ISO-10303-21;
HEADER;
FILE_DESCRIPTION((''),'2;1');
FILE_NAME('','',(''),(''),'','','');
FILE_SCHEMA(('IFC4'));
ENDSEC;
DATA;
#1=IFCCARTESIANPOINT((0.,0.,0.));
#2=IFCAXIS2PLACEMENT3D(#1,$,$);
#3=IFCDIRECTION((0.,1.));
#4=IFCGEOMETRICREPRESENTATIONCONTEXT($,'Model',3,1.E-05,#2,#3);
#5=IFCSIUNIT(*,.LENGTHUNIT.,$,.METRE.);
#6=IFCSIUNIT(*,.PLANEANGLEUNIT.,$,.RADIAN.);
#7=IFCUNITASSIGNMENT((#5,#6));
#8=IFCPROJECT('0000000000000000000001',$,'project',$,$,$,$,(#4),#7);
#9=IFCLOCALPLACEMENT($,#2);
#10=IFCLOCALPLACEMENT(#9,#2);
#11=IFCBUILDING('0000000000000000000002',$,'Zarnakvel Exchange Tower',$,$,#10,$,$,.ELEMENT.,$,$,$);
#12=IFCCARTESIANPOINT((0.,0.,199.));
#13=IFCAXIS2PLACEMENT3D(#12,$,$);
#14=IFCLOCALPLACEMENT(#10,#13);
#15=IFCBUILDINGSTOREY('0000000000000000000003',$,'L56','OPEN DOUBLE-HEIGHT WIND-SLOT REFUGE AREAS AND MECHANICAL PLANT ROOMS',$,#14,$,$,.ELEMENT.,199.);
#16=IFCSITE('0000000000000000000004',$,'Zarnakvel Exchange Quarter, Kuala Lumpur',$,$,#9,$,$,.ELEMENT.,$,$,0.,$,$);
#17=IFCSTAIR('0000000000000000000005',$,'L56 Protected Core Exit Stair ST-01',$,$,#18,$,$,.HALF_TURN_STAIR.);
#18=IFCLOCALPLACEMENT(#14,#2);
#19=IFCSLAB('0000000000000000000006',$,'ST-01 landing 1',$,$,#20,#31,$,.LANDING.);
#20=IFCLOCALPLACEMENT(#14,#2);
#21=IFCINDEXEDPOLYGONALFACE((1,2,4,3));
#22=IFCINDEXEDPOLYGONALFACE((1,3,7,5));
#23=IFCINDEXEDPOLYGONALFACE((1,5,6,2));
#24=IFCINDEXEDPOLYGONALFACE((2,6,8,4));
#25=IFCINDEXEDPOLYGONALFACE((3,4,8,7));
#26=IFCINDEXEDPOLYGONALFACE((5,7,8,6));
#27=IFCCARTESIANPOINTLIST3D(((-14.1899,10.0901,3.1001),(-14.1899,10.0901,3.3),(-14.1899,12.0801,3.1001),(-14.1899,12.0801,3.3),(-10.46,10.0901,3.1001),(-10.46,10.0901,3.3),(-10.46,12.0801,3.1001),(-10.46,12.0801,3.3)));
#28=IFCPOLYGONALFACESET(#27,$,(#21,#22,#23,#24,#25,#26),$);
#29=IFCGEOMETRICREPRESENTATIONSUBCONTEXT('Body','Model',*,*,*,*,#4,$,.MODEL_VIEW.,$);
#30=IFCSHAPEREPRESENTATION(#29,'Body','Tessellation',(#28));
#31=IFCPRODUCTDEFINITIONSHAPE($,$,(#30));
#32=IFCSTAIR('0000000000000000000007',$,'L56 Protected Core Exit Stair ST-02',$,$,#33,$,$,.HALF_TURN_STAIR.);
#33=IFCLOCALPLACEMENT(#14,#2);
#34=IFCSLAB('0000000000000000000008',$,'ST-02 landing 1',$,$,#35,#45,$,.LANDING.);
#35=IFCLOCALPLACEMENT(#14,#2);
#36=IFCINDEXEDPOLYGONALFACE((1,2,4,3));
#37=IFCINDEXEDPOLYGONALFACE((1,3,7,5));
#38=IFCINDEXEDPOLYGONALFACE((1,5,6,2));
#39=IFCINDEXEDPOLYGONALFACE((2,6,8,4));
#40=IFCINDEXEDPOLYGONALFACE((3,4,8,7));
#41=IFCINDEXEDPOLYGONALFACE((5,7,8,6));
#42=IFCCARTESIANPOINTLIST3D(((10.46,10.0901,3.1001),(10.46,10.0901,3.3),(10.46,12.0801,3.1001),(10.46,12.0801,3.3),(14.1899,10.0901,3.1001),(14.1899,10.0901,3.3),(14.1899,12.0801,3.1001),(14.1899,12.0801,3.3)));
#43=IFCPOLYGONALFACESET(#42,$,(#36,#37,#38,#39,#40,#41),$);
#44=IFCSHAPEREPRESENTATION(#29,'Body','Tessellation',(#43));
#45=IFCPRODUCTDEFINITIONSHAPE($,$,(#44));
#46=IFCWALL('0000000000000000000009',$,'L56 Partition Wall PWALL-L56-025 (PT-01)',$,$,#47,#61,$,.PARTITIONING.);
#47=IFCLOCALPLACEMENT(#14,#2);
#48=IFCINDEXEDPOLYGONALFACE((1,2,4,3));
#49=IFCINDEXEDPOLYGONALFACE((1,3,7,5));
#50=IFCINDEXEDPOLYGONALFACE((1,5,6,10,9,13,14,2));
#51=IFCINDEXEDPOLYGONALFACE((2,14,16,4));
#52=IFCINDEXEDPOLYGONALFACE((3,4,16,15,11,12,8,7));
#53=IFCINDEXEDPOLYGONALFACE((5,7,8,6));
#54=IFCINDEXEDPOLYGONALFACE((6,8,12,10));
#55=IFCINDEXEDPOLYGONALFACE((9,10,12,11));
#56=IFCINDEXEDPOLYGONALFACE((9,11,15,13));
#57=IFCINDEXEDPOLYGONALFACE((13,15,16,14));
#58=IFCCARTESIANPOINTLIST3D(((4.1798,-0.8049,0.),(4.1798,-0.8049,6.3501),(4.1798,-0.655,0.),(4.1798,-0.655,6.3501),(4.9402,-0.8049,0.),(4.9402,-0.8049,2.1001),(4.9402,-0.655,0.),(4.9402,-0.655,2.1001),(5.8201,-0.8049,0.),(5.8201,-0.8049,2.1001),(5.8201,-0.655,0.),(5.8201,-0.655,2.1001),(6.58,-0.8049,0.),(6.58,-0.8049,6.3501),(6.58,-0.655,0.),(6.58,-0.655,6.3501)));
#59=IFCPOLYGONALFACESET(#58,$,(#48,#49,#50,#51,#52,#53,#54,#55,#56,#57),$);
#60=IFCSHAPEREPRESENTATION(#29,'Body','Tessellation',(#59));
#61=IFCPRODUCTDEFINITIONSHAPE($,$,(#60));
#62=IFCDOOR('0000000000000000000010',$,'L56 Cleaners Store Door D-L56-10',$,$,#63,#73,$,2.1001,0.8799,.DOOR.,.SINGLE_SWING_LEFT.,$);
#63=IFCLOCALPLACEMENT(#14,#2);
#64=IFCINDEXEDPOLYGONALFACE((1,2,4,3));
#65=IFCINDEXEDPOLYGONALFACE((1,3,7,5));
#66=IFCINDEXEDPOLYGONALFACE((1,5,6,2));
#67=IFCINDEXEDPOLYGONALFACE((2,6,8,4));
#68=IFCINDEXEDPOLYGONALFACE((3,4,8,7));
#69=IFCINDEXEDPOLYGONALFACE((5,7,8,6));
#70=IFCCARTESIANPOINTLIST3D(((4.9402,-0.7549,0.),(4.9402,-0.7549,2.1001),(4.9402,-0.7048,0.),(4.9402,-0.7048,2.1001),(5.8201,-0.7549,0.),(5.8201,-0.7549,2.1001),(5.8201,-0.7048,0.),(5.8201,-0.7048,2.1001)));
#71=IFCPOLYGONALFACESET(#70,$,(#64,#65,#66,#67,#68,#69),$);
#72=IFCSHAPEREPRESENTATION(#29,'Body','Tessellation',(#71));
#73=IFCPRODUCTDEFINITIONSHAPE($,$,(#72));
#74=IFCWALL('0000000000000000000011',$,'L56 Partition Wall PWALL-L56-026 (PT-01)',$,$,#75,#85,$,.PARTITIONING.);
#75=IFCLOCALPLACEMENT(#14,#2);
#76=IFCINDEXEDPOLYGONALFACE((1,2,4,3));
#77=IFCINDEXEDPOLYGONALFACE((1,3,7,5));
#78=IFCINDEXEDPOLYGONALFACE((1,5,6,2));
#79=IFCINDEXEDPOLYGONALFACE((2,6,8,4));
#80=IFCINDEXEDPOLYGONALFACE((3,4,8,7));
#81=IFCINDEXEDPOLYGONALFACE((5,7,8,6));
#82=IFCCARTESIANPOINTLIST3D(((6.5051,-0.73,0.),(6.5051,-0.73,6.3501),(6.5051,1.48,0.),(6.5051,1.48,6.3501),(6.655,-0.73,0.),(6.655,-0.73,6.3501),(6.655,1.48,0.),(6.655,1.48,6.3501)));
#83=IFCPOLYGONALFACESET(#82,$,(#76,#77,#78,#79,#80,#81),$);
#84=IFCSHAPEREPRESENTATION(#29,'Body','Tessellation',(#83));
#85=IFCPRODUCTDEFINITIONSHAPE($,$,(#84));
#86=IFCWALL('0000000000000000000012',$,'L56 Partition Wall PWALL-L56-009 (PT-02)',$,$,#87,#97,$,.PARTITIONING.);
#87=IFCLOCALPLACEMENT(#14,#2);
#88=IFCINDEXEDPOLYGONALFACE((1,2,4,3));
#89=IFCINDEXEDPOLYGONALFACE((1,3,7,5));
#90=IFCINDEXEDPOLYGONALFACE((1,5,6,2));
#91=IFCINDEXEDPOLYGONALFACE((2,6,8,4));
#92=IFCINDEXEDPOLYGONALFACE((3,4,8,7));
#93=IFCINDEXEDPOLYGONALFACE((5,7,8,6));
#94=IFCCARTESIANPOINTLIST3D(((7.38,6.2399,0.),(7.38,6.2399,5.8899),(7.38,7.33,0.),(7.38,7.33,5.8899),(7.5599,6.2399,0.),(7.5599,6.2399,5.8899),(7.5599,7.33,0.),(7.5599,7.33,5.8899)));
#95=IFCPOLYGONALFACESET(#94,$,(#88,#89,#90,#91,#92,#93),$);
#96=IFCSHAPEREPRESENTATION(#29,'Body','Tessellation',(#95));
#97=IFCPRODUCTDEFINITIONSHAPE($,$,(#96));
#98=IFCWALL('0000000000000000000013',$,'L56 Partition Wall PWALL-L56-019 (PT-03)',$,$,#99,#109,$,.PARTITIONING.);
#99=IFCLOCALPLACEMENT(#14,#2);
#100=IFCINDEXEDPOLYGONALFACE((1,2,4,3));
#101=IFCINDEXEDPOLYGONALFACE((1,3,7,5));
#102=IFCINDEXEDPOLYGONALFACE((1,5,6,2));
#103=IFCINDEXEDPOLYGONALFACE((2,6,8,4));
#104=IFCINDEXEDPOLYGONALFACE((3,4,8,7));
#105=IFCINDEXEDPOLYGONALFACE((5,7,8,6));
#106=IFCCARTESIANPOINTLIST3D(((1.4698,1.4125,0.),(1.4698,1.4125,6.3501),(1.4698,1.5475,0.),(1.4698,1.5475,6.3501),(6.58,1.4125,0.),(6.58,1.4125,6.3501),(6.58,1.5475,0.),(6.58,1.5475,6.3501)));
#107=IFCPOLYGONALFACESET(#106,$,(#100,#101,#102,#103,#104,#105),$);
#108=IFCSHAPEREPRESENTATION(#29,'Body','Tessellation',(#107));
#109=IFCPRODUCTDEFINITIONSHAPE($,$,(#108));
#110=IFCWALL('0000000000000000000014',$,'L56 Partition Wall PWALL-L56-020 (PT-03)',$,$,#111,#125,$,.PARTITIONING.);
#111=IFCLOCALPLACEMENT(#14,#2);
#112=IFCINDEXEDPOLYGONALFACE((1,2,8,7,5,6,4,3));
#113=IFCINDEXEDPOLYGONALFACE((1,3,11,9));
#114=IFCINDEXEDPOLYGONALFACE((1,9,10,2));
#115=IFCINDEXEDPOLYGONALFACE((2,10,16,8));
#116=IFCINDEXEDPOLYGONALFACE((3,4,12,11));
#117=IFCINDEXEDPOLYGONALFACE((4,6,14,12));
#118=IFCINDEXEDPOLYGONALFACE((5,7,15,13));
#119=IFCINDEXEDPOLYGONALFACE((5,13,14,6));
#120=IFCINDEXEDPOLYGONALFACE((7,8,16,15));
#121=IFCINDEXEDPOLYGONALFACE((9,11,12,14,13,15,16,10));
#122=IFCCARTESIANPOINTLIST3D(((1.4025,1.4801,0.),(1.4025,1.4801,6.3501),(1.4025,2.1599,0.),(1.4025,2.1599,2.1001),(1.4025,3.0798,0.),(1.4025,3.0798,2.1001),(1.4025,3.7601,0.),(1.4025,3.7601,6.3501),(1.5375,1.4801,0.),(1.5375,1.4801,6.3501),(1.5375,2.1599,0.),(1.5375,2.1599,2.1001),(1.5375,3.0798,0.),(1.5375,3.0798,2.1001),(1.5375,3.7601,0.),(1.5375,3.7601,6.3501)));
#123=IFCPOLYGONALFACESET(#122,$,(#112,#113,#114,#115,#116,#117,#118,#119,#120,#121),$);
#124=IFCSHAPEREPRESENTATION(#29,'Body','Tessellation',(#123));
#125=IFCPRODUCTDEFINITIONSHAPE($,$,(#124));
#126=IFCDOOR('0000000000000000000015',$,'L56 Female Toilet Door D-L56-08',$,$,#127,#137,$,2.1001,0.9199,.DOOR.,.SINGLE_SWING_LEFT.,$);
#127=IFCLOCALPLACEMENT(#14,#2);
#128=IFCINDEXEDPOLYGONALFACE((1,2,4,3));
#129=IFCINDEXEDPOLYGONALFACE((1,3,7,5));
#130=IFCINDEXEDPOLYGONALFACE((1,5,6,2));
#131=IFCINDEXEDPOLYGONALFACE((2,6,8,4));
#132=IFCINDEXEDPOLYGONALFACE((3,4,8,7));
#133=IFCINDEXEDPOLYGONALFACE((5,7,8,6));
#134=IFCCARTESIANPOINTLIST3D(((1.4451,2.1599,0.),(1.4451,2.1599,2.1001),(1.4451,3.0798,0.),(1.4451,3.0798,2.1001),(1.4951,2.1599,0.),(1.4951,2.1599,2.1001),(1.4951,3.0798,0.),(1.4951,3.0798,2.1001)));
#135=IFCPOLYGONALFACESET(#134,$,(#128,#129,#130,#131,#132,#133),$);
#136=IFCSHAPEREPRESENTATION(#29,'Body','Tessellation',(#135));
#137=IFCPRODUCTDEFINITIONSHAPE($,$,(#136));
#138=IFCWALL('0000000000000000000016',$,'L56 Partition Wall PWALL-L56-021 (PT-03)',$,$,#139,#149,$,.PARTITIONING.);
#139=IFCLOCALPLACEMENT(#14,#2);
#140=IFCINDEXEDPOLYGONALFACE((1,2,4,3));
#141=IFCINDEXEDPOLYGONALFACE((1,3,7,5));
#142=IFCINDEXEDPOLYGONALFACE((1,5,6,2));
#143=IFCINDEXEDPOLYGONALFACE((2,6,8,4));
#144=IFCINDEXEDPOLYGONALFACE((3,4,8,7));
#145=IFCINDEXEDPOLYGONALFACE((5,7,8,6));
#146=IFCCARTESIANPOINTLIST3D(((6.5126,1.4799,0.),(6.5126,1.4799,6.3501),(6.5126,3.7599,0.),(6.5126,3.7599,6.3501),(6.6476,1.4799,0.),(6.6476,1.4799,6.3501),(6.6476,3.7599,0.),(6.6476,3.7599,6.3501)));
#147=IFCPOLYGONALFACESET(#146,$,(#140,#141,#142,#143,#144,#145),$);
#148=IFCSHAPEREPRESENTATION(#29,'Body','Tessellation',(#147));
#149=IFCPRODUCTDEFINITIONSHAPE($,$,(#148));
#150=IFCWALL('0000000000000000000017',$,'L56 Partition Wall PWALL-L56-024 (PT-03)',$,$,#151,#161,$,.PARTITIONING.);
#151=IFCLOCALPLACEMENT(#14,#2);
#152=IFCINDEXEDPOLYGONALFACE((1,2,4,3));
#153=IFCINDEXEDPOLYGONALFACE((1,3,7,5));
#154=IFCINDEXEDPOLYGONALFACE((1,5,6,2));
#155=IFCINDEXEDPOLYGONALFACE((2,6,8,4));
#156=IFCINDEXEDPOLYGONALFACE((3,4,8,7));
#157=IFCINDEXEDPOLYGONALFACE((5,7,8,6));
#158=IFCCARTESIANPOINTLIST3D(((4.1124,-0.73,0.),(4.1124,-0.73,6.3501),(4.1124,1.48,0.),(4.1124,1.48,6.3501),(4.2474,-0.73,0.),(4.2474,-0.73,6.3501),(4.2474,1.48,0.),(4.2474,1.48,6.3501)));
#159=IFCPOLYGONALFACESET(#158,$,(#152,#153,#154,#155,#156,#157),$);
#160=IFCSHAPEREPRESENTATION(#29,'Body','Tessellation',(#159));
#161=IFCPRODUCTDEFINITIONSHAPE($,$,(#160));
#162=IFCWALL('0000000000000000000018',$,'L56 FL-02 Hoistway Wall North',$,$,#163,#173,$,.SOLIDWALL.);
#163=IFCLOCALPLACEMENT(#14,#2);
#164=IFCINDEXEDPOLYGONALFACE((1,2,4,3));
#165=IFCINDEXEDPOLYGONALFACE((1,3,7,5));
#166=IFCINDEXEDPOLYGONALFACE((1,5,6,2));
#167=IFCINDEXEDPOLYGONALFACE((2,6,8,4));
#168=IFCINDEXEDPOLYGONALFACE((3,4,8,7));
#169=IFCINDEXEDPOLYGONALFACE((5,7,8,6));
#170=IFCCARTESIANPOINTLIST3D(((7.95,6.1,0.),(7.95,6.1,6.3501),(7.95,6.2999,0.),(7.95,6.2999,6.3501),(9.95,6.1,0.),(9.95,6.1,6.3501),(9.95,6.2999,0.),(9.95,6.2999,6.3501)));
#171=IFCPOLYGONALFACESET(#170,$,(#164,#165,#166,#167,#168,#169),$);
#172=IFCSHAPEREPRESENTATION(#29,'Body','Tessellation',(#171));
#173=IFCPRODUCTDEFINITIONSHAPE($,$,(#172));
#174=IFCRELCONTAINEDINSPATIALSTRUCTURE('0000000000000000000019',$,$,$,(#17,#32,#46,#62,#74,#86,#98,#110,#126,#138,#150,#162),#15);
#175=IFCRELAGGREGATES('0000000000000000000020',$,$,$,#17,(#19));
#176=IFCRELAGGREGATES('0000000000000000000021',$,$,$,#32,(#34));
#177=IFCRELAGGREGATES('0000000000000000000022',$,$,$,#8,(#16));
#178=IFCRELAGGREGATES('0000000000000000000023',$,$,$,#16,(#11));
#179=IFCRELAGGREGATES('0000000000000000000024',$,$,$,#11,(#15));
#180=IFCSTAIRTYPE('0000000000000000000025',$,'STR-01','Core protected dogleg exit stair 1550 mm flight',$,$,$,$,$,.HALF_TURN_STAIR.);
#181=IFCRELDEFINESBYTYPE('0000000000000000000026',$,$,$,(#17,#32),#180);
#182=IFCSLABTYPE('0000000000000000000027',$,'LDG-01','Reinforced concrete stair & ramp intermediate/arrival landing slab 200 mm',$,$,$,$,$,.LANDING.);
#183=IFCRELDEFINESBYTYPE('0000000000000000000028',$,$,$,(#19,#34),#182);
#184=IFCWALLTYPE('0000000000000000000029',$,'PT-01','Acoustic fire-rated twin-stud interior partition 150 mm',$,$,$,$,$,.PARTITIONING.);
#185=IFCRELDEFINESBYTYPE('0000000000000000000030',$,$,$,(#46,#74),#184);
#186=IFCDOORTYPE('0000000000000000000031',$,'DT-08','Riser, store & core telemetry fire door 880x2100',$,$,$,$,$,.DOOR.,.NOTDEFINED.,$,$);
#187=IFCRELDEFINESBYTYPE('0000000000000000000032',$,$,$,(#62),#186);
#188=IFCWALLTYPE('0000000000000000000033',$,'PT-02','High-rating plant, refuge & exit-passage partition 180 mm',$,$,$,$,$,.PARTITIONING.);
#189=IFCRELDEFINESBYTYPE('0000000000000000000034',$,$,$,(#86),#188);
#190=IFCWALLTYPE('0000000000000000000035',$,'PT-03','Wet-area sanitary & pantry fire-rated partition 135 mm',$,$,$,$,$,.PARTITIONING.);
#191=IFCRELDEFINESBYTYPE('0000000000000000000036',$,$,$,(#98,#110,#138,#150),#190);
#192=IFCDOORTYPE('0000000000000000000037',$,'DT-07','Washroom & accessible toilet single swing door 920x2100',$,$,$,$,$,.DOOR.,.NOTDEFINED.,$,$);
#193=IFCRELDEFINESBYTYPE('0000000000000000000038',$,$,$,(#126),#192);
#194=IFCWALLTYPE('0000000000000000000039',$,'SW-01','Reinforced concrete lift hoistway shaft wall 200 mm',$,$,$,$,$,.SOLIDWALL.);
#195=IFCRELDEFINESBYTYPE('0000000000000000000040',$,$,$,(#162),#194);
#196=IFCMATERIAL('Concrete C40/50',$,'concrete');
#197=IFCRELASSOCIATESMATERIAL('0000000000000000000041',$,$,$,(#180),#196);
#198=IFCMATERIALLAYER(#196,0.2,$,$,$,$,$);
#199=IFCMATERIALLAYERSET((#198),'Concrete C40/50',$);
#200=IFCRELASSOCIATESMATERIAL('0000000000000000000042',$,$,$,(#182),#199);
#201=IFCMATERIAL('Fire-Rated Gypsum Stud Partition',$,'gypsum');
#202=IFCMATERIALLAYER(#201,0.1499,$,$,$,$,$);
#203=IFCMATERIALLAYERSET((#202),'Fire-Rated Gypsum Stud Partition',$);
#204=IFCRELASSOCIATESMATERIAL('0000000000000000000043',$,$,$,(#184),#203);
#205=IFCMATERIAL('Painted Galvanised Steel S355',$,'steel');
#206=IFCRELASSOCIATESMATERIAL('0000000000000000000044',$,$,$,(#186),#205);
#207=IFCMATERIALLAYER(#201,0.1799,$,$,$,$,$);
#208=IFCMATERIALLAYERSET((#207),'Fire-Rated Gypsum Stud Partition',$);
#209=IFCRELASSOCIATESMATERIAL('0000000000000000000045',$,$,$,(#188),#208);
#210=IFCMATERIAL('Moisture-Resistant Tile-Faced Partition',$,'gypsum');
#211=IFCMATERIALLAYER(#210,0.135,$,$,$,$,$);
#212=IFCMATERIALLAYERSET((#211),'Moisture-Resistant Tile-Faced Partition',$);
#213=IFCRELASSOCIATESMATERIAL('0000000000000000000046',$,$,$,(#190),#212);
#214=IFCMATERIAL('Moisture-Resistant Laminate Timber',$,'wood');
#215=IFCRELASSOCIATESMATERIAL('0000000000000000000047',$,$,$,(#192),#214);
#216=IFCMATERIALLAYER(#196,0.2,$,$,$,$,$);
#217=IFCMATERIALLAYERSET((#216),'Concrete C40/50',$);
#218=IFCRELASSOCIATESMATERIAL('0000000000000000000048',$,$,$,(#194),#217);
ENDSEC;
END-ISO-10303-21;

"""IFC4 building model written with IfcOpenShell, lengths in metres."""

from ifc_helpers import new_model, si_unit, direction, frame, frame_2d, origin, place, context, subcontext, project, spatial, polyline, rectangle, outline, extrude, source, transform, mapped, material, layer, layer_set, type_object, element, fill, aggregate, save


model = new_model("IFC4")

# Units and contexts
model_context = context("Model", 3, precision=1e-05, world=origin(), true_north=direction((0.0, 1.0)))
body_context = subcontext(model_context, "Body", "Model", "MODEL_VIEW")
ifc_project = project(units=[si_unit("LENGTHUNIT", "METRE"), si_unit("PLANEANGLEUNIT", "RADIAN")], contexts=[model_context])

# Site, building, storey
site_placement = place(None, origin())
site = spatial("IfcSite", under=ifc_project, at=site_placement, Name="Zarnakvel Exchange Quarter, Kuala Lumpur", CompositionType="ELEMENT", RefElevation=0.0)
building_placement = place(site_placement, origin())
building = spatial("IfcBuilding", under=site, at=building_placement, Name="Zarnakvel Exchange Tower", CompositionType="ELEMENT")
storey_placement = place(building_placement, frame((0.0, 0.0, 199.0)))
storey = spatial("IfcBuildingStorey", under=building, at=storey_placement, Name="L56", Description="OPEN DOUBLE-HEIGHT WIND-SLOT REFUGE AREAS AND MECHANICAL PLANT ROOMS", CompositionType="ELEMENT", Elevation=199.0)

# Stairs, slabs
ifc_material_1 = material(Name="Concrete C40/50", Category="concrete")
stair_type = type_object("IfcStairType", Name="STR-01", Description="Core protected dogleg exit stair 1550 mm flight", PredefinedType="HALF_TURN_STAIR", material=ifc_material_1)
stair_1_placement = place(storey_placement, origin())
stair_1 = element("IfcStair", 1, at=stair_1_placement, inside=storey, type_object=stair_type, Name="L56 Protected Core Exit Stair ST-01", PredefinedType="HALF_TURN_STAIR")
ifc_layer_1 = layer(ifc_material_1, 0.2)
ifc_layer_set_1 = layer_set([ifc_layer_1], Name="Concrete C40/50")
slab_type = type_object("IfcSlabType", Name="LDG-01", Description="Reinforced concrete stair & ramp intermediate/arrival landing slab 200 mm", PredefinedType="LANDING", material=ifc_layer_set_1)
slab_1_placement = place(storey_placement, frame((0.0, 0.0, 3.1001)))
slab_1 = element("IfcSlab", 2, at=slab_1_placement, type_object=slab_type, Name="ST-01 landing 1", PredefinedType="LANDING", context=body_context, shape_type="SweptSolid", body=[
    extrude(outline(polyline([(-14.1899, 10.0901), (-10.46, 10.0901), (-10.46, 12.0801), (-14.1899, 12.0801), (-14.1899, 10.0901)])), origin(), (0.0, 0.0, 1.0), 0.2),
])
aggregate(stair_1, [slab_1])
stair_2_placement = place(storey_placement, origin())
stair_2 = element("IfcStair", 3, at=stair_2_placement, inside=storey, type_object=stair_type, Name="L56 Protected Core Exit Stair ST-02", PredefinedType="HALF_TURN_STAIR")
slab_2_placement = place(storey_placement, frame((0.0, 0.0, 3.1001)))
slab_2 = element("IfcSlab", 4, at=slab_2_placement, type_object=slab_type, Name="ST-02 landing 1", PredefinedType="LANDING", context=body_context, shape_type="SweptSolid", body=[
    extrude(outline(polyline([(10.46, 10.0901), (14.1899, 10.0901), (14.1899, 12.0801), (10.46, 12.0801), (10.46, 10.0901)])), origin(), (0.0, 0.0, 1.0), 0.2),
])
aggregate(stair_2, [slab_2])

# Wall, opening, door
ifc_material_2 = material(Name="Fire-Rated Gypsum Stud Partition", Category="gypsum")
ifc_layer_2 = layer(ifc_material_2, 0.1499)
ifc_layer_set_2 = layer_set([ifc_layer_2], Name="Fire-Rated Gypsum Stud Partition")
wall_type_1 = type_object("IfcWallType", Name="PT-01", Description="Acoustic fire-rated twin-stud interior partition 150 mm", PredefinedType="PARTITIONING", material=ifc_layer_set_2)
wall_1_placement = place(storey_placement, frame((6.5801, -0.73, 0.0), z_axis=(0.0, 0.0, 1.0), x_axis=(-1.0, 0.0, 0.0)))
wall_1 = element("IfcWall", 5, at=wall_1_placement, inside=storey, type_object=wall_type_1, Name="L56 Partition Wall PWALL-L56-025 (PT-01)", PredefinedType="PARTITIONING", context=body_context, shape_type="SweptSolid", body=[
    extrude(rectangle(XDim=2.4001, YDim=0.1499, at=frame_2d((1.2002, 0.0))), origin(), (0.0, 0.0, 1.0), 6.3501),
])
opening_1_placement = place(wall_1_placement, frame((0.76, 0.0, 0.0)))
opening_1 = element("IfcOpeningElement", 6, at=opening_1_placement, cuts=wall_1, PredefinedType="OPENING", context=body_context, shape_type="SweptSolid", body=[
    extrude(rectangle(XDim=0.8799, YDim=2.1001, at=frame_2d((0.4399, 1.05))), frame((0.0, 0.085, 0.0), z_axis=(0.0, -1.0, 0.0), x_axis=(1.0, 0.0, 0.0)), (0.0, 0.0, 1.0), 0.1699),
])
ifc_material_3 = material(Name="Painted Galvanised Steel S355", Category="steel")
door_type_1 = type_object("IfcDoorType", Name="DT-08", Description="Riser, store & core telemetry fire door 880x2100", OperationType="NOTDEFINED", PredefinedType="DOOR", material=ifc_material_3)
shared_shape_1 = source(origin(), body_context, "Body", "SweptSolid", [
    extrude(rectangle(XDim=0.8799, YDim=2.1001, at=frame_2d((0.4399, 1.05))), frame((0.0, 0.0249, 0.0), z_axis=(0.0, -1.0, 0.0), x_axis=(1.0, 0.0, 0.0)), (0.0, 0.0, 1.0), 0.05),
])
door_1_placement = place(opening_1_placement, origin())
door_1 = element("IfcDoor", 7, at=door_1_placement, inside=storey, type_object=door_type_1, Name="L56 Cleaners Store Door D-L56-10", OperationType="SINGLE_SWING_LEFT", OverallHeight=2.1001, OverallWidth=0.8799, PredefinedType="DOOR", context=body_context, shape_type="MappedRepresentation", body=[
    mapped(shared_shape_1, transform((0.0, 0.0, 0.0), x_axis=(1.0, 0.0, 0.0), y_axis=(0.0, 1.0, 0.0), z_axis=(0.0, 0.0, 1.0), scale=1.0)),
])
fill(opening_1, door_1)

# Walls
wall_2_placement = place(storey_placement, frame((6.5801, 1.48, 0.0), z_axis=(0.0, 0.0, 1.0), x_axis=(0.0, -1.0, 0.0)))
element("IfcWall", 8, at=wall_2_placement, inside=storey, type_object=wall_type_1, Name="L56 Partition Wall PWALL-L56-026 (PT-01)", PredefinedType="PARTITIONING", context=body_context, shape_type="SweptSolid", body=[
    extrude(rectangle(XDim=2.21, YDim=0.1499, at=frame_2d((1.105, 0.0))), origin(), (0.0, 0.0, 1.0), 6.3501),
])
ifc_layer_3 = layer(ifc_material_2, 0.1799)
ifc_layer_set_3 = layer_set([ifc_layer_3], Name="Fire-Rated Gypsum Stud Partition")
wall_type_2 = type_object("IfcWallType", Name="PT-02", Description="High-rating plant, refuge & exit-passage partition 180 mm", PredefinedType="PARTITIONING", material=ifc_layer_set_3)
wall_3_placement = place(storey_placement, frame((7.47, 6.24, 0.0), z_axis=(0.0, 0.0, 1.0), x_axis=(0.0, 1.0, 0.0)))
element("IfcWall", 9, at=wall_3_placement, inside=storey, type_object=wall_type_2, Name="L56 Partition Wall PWALL-L56-009 (PT-02)", PredefinedType="PARTITIONING", context=body_context, shape_type="SweptSolid", body=[
    extrude(rectangle(XDim=1.0901, YDim=0.1799, at=frame_2d((0.5449, 0.0))), origin(), (0.0, 0.0, 1.0), 5.8899),
])
ifc_material_4 = material(Name="Moisture-Resistant Tile-Faced Partition", Category="gypsum")
ifc_layer_4 = layer(ifc_material_4, 0.135)
ifc_layer_set_4 = layer_set([ifc_layer_4], Name="Moisture-Resistant Tile-Faced Partition")
wall_type_3 = type_object("IfcWallType", Name="PT-03", Description="Wet-area sanitary & pantry fire-rated partition 135 mm", PredefinedType="PARTITIONING", material=ifc_layer_set_4)
wall_4_placement = place(storey_placement, frame((6.5801, 1.48, 0.0), z_axis=(0.0, 0.0, 1.0), x_axis=(-1.0, 0.0, 0.0)))
element("IfcWall", 10, at=wall_4_placement, inside=storey, type_object=wall_type_3, Name="L56 Partition Wall PWALL-L56-019 (PT-03)", PredefinedType="PARTITIONING", context=body_context, shape_type="SweptSolid", body=[
    extrude(rectangle(XDim=5.1101, YDim=0.135, at=frame_2d((2.5552, 0.0))), origin(), (0.0, 0.0, 1.0), 6.3501),
])

# Wall, opening, door
wall_5_placement = place(storey_placement, frame((1.47, 1.48, 0.0), z_axis=(0.0, 0.0, 1.0), x_axis=(0.0, 1.0, 0.0)))
wall_5 = element("IfcWall", 11, at=wall_5_placement, inside=storey, type_object=wall_type_3, Name="L56 Partition Wall PWALL-L56-020 (PT-03)", PredefinedType="PARTITIONING", context=body_context, shape_type="SweptSolid", body=[
    extrude(rectangle(XDim=2.28, YDim=0.135, at=frame_2d((1.1401, 0.0))), origin(), (0.0, 0.0, 1.0), 6.3501),
])
opening_2_placement = place(wall_5_placement, frame((0.6799, 0.0, 0.0)))
opening_2 = element("IfcOpeningElement", 12, at=opening_2_placement, cuts=wall_5, PredefinedType="OPENING", context=body_context, shape_type="SweptSolid", body=[
    extrude(rectangle(XDim=0.9199, YDim=2.1001, at=frame_2d((0.46, 1.05))), frame((0.0, 0.0774, 0.0), z_axis=(0.0, -1.0, 0.0), x_axis=(1.0, 0.0, 0.0)), (0.0, 0.0, 1.0), 0.155),
])
ifc_material_5 = material(Name="Moisture-Resistant Laminate Timber", Category="wood")
door_type_2 = type_object("IfcDoorType", Name="DT-07", Description="Washroom & accessible toilet single swing door 920x2100", OperationType="NOTDEFINED", PredefinedType="DOOR", material=ifc_material_5)
shared_shape_2 = source(origin(), body_context, "Body", "SweptSolid", [
    extrude(rectangle(XDim=0.9199, YDim=2.1001, at=frame_2d((0.46, 1.05))), frame((0.0, 0.0249, 0.0), z_axis=(0.0, -1.0, 0.0), x_axis=(1.0, 0.0, 0.0)), (0.0, 0.0, 1.0), 0.05),
])
door_2_placement = place(opening_2_placement, origin())
door_2 = element("IfcDoor", 13, at=door_2_placement, inside=storey, type_object=door_type_2, Name="L56 Female Toilet Door D-L56-08", OperationType="SINGLE_SWING_LEFT", OverallHeight=2.1001, OverallWidth=0.9199, PredefinedType="DOOR", context=body_context, shape_type="MappedRepresentation", body=[
    mapped(shared_shape_2, transform((0.0, 0.0, 0.0), x_axis=(1.0, 0.0, 0.0), y_axis=(0.0, 1.0, 0.0), z_axis=(0.0, 0.0, 1.0), scale=1.0)),
])
fill(opening_2, door_2)

# Walls
wall_6_placement = place(storey_placement, frame((6.5801, 3.76, 0.0), z_axis=(0.0, 0.0, 1.0), x_axis=(0.0, -1.0, 0.0)))
element("IfcWall", 14, at=wall_6_placement, inside=storey, type_object=wall_type_3, Name="L56 Partition Wall PWALL-L56-021 (PT-03)", PredefinedType="PARTITIONING", context=body_context, shape_type="SweptSolid", body=[
    extrude(rectangle(XDim=2.28, YDim=0.135, at=frame_2d((1.1401, 0.0))), origin(), (0.0, 0.0, 1.0), 6.3501),
])
wall_7_placement = place(storey_placement, frame((4.1799, 1.48, 0.0), z_axis=(0.0, 0.0, 1.0), x_axis=(0.0, -1.0, 0.0)))
element("IfcWall", 15, at=wall_7_placement, inside=storey, type_object=wall_type_3, Name="L56 Partition Wall PWALL-L56-024 (PT-03)", PredefinedType="PARTITIONING", context=body_context, shape_type="SweptSolid", body=[
    extrude(rectangle(XDim=2.21, YDim=0.135, at=frame_2d((1.105, 0.0))), origin(), (0.0, 0.0, 1.0), 6.3501),
])
ifc_layer_5 = layer(ifc_material_1, 0.2)
ifc_layer_set_5 = layer_set([ifc_layer_5], Name="Concrete C40/50")
wall_type_4 = type_object("IfcWallType", Name="SW-01", Description="Reinforced concrete lift hoistway shaft wall 200 mm", PredefinedType="SOLIDWALL", material=ifc_layer_set_5)
wall_8_placement = place(storey_placement, frame((7.95, 6.2, 0.0), z_axis=(0.0, 0.0, 1.0), x_axis=(1.0, 0.0, 0.0)))
element("IfcWall", 16, at=wall_8_placement, inside=storey, type_object=wall_type_4, Name="L56 FL-02 Hoistway Wall North", PredefinedType="SOLIDWALL", context=body_context, shape_type="SweptSolid", body=[
    extrude(rectangle(XDim=2.0, YDim=0.2, at=frame_2d((1.0, 0.0))), origin(), (0.0, 0.0, 1.0), 6.3501),
])

save(model, "model.ifc")
